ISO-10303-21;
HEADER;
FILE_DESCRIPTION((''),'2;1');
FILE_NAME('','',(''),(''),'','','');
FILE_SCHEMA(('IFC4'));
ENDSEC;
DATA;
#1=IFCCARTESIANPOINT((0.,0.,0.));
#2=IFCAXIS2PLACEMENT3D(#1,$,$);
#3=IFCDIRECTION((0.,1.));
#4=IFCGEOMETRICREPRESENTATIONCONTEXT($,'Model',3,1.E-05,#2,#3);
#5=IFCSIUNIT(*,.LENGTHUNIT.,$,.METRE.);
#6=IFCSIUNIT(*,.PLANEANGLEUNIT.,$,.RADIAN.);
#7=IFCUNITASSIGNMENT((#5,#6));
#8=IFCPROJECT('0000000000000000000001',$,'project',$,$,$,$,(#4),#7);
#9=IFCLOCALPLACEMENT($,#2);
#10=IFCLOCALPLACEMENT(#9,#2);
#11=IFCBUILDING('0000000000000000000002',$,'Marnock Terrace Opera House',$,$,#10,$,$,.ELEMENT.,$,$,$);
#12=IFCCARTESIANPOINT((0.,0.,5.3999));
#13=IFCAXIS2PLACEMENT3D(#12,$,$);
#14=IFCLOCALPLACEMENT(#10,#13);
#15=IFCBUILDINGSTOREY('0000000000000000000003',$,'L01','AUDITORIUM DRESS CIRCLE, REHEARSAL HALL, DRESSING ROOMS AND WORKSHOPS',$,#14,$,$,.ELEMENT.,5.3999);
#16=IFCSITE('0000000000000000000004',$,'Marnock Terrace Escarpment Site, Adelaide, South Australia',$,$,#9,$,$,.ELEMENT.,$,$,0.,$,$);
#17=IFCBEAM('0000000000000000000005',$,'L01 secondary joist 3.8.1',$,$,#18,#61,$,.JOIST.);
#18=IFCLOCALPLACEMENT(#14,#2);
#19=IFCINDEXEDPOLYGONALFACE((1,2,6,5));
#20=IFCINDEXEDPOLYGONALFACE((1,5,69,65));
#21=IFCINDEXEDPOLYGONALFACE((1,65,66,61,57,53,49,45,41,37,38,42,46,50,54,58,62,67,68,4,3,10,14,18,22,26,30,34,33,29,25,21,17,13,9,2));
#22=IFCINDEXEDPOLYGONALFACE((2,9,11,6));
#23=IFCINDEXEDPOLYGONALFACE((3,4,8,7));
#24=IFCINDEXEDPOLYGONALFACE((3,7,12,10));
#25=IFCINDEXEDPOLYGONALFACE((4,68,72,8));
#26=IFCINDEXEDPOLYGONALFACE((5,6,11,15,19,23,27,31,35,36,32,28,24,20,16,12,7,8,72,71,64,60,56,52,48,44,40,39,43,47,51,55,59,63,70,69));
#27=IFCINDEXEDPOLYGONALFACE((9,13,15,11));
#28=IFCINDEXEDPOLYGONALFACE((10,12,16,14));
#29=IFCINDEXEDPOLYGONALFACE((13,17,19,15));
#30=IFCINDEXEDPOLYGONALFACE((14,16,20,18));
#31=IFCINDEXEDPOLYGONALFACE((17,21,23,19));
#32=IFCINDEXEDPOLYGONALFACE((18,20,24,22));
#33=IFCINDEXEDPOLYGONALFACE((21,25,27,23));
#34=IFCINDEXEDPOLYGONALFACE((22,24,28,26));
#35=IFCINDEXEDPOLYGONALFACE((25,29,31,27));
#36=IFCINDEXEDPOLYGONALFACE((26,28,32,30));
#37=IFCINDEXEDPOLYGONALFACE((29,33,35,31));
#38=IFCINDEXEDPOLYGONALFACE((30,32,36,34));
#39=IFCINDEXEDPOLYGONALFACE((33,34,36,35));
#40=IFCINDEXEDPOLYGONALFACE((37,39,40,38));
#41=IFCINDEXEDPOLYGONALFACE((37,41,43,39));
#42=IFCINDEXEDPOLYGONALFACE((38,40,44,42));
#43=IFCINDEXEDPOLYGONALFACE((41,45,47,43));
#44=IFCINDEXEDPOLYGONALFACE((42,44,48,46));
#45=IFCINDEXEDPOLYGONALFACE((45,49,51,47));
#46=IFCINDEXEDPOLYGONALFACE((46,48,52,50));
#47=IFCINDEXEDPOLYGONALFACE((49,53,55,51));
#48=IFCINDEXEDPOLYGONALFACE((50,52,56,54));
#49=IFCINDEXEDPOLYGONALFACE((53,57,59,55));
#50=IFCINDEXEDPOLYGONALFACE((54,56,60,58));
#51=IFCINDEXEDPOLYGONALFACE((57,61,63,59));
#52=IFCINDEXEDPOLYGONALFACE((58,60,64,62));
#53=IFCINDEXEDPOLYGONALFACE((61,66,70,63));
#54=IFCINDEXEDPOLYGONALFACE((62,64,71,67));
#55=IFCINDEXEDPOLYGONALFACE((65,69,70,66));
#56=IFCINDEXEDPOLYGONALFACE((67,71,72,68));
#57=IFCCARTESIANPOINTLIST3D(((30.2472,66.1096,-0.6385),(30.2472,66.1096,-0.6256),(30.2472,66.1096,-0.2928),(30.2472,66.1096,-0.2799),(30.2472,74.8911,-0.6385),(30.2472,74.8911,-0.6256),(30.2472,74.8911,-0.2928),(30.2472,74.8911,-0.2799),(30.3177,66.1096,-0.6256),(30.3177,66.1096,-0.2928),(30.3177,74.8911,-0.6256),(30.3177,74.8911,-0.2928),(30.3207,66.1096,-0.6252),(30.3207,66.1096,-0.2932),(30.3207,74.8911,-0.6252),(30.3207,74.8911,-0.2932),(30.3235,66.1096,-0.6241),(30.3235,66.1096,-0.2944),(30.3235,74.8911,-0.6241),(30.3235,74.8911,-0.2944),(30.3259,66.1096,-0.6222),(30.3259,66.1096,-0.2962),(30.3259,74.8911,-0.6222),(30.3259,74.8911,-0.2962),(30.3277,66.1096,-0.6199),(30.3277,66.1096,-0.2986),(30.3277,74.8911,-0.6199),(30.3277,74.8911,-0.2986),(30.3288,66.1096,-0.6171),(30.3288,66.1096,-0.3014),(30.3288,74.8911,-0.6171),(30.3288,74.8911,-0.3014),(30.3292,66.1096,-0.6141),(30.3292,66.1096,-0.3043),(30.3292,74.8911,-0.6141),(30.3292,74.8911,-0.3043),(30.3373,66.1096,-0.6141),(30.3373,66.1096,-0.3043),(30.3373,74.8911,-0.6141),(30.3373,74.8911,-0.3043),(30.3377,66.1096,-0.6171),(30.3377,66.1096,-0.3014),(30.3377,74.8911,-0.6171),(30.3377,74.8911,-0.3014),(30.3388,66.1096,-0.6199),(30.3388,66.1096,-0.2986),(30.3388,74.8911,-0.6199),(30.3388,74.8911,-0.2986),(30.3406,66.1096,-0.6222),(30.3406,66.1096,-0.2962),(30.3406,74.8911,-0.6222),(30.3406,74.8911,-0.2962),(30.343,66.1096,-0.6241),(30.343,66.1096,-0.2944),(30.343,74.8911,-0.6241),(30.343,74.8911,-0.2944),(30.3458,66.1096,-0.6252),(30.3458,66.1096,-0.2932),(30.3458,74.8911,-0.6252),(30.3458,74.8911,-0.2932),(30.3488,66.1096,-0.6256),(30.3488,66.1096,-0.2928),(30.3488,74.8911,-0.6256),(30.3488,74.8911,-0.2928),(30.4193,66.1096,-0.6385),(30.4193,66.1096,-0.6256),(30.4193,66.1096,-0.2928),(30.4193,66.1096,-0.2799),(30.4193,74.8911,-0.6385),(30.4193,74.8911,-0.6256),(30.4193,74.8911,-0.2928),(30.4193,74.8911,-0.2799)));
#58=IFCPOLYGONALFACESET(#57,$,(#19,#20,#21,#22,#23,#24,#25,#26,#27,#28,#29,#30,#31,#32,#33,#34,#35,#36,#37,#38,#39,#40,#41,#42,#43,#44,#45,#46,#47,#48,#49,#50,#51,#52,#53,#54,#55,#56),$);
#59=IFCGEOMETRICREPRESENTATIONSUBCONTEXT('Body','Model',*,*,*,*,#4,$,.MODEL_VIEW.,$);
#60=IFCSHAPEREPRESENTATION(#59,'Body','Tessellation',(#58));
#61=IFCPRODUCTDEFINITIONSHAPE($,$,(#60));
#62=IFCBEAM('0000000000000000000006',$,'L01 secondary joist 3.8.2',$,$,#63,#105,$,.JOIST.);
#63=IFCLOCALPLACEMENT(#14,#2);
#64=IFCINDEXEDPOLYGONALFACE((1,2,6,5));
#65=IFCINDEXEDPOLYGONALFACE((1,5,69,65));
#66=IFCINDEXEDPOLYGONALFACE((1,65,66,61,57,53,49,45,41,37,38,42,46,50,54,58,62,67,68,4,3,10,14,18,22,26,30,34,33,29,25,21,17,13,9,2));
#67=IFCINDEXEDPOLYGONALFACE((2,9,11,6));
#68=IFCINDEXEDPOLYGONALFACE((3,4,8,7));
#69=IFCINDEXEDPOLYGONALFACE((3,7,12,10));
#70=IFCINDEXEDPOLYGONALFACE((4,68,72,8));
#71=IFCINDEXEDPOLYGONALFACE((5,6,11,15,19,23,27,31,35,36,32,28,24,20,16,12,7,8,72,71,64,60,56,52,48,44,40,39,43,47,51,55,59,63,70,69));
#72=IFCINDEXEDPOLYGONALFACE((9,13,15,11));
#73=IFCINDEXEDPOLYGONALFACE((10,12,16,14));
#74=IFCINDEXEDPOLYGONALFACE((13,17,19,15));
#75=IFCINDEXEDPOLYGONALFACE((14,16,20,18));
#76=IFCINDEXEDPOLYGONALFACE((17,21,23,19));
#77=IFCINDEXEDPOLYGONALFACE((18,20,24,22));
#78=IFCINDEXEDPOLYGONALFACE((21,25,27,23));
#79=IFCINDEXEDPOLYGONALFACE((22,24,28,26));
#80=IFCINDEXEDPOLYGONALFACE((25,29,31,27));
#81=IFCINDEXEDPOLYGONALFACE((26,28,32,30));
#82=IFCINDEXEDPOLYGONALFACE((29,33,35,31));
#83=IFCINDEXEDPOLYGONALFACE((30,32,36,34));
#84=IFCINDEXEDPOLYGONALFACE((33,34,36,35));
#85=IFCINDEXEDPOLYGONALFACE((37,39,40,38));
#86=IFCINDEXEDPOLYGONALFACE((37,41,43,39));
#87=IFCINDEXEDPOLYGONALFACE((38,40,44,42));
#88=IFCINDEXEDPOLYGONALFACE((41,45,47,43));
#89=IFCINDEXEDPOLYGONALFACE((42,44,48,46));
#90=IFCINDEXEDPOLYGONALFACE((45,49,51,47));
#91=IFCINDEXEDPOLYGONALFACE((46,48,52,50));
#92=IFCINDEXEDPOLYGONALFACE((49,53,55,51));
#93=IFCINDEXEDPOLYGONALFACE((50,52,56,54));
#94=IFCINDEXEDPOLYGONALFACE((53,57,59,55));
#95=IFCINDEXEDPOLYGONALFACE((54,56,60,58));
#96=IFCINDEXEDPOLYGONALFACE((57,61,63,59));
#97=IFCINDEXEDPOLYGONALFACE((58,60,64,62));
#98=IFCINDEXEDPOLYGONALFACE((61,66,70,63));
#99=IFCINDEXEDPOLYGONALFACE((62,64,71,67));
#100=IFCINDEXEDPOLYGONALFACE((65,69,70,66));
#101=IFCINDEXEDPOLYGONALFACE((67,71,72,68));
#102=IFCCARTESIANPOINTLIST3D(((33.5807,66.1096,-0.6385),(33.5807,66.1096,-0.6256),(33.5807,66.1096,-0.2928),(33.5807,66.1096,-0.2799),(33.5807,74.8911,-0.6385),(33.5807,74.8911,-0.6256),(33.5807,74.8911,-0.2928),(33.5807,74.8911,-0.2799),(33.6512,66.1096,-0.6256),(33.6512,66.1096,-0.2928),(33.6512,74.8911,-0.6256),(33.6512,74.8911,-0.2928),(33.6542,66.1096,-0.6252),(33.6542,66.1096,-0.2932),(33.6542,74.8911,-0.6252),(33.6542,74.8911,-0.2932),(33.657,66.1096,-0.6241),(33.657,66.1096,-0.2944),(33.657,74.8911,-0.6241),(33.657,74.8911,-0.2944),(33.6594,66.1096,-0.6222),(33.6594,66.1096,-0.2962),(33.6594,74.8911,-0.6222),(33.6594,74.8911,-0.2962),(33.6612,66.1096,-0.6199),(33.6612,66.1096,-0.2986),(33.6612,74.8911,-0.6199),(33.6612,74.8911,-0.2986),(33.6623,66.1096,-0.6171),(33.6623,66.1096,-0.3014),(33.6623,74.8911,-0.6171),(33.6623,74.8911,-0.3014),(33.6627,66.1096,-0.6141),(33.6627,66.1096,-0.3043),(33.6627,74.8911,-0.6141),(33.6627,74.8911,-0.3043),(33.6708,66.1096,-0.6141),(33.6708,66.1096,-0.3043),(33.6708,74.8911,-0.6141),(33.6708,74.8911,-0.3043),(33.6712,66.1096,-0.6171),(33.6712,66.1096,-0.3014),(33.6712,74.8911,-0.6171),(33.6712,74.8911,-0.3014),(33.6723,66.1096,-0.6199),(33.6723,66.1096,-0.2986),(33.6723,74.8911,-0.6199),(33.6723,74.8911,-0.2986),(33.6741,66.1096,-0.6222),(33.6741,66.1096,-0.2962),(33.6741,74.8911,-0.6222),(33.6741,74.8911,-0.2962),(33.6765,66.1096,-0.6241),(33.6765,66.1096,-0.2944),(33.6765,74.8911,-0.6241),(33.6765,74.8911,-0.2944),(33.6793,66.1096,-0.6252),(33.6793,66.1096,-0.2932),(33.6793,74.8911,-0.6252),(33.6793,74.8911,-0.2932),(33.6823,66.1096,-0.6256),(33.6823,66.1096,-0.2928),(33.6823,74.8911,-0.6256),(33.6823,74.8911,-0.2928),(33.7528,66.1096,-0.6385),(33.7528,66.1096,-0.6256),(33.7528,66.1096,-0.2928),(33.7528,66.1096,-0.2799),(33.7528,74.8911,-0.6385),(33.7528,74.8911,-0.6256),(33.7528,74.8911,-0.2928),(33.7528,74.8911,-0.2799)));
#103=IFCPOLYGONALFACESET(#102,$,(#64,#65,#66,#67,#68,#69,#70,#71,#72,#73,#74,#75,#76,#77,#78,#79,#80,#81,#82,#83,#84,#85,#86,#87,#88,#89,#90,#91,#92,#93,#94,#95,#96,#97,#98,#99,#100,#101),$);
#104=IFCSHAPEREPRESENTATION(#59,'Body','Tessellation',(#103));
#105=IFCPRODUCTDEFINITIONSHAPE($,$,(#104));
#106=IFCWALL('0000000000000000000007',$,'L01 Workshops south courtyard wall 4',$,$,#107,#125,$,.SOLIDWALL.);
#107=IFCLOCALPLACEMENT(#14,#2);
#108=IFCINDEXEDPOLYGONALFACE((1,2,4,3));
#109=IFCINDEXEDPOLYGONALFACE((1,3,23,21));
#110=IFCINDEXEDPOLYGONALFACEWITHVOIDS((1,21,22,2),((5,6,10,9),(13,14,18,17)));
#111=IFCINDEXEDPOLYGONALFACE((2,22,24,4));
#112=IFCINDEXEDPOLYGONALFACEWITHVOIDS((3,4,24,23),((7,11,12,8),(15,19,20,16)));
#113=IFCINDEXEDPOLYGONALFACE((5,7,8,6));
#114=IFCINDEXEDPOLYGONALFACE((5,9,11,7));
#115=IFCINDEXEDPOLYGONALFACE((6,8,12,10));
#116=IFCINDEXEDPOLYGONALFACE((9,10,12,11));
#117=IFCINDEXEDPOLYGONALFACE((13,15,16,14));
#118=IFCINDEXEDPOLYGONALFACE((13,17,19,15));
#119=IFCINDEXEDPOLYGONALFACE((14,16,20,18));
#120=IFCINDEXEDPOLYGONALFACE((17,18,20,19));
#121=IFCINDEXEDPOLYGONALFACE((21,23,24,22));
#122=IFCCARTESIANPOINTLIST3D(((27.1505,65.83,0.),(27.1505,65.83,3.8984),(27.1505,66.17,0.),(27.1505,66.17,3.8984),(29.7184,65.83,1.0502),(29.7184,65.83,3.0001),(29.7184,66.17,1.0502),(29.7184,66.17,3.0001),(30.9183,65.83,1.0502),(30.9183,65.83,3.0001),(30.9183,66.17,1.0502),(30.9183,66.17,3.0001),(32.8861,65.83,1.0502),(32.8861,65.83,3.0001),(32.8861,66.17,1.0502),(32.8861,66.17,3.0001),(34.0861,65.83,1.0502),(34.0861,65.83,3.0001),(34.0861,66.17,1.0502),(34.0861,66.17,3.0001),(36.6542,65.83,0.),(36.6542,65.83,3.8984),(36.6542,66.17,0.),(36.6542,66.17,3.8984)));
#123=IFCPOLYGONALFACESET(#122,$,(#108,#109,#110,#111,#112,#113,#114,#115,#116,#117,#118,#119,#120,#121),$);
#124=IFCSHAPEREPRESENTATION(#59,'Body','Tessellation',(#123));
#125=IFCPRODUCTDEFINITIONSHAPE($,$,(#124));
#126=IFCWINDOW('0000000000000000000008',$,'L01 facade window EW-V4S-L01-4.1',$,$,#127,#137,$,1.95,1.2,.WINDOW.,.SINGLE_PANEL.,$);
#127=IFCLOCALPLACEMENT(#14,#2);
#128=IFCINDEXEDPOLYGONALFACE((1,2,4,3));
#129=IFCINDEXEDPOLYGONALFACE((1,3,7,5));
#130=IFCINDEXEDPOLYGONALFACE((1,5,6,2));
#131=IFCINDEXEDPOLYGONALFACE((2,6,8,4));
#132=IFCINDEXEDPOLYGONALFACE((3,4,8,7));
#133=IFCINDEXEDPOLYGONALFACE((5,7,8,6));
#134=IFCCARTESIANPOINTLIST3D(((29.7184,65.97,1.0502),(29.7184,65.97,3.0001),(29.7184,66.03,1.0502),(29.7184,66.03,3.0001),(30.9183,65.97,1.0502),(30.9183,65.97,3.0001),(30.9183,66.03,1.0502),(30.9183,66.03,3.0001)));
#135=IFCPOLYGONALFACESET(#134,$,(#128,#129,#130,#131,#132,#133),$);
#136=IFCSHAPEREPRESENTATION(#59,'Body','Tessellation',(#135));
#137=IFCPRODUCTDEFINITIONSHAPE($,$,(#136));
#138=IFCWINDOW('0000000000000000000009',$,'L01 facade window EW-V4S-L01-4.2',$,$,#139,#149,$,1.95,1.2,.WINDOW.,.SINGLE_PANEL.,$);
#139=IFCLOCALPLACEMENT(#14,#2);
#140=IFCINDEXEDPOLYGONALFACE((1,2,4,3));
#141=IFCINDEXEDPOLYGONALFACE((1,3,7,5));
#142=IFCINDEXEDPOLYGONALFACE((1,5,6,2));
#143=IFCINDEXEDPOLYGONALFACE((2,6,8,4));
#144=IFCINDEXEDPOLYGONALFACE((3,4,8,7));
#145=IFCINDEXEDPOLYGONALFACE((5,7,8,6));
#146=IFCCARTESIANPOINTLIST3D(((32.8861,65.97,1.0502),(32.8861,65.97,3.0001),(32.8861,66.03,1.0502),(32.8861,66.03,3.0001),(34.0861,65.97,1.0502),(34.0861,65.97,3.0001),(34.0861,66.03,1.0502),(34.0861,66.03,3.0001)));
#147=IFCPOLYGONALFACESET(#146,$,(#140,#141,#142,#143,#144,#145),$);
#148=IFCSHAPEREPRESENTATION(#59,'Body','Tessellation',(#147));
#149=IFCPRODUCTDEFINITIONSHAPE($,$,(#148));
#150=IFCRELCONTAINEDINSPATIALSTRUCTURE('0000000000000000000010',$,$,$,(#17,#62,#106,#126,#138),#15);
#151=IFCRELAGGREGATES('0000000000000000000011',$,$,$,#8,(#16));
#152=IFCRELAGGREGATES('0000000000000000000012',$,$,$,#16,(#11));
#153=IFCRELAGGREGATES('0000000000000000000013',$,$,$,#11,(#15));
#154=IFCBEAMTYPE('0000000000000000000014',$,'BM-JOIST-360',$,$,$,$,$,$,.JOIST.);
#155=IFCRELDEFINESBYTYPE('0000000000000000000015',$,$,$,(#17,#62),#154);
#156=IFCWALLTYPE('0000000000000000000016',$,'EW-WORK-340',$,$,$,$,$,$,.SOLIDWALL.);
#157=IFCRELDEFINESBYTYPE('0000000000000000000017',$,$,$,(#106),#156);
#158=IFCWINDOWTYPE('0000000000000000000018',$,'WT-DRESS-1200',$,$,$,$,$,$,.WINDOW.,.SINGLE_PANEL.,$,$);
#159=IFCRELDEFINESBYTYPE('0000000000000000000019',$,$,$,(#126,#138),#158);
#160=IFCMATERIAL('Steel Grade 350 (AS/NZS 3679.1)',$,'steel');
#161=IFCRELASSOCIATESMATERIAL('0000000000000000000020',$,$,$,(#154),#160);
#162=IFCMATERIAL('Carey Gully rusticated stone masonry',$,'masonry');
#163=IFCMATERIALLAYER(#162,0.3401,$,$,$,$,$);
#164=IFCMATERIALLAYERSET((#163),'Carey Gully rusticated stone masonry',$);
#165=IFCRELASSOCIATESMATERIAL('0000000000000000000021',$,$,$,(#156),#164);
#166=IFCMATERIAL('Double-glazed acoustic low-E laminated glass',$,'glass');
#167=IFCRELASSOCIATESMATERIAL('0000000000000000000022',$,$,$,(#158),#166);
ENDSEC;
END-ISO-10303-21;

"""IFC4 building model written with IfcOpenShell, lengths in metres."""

from ifc_helpers import new_model, si_unit, direction, frame, frame_2d, origin, origin_2d, place, context, subcontext, project, spatial, rectangle, i_section, extrude, material, layer, layer_set, material_profile, profile_set, type_object, element, fill, save


model = new_model("IFC4")

# Units and contexts
model_context = context("Model", 3, precision=1e-05, world=origin(), true_north=direction((0.0, 1.0)))
body_context = subcontext(model_context, "Body", "Model", "MODEL_VIEW")
ifc_project = project(units=[si_unit("LENGTHUNIT", "METRE"), si_unit("PLANEANGLEUNIT", "RADIAN")], contexts=[model_context])

# Site, building, storey
site_placement = place(None, origin())
site = spatial("IfcSite", under=ifc_project, at=site_placement, Name="Marnock Terrace Escarpment Site, Adelaide, South Australia", CompositionType="ELEMENT", RefElevation=0.0)
building_placement = place(site_placement, origin())
building = spatial("IfcBuilding", under=site, at=building_placement, Name="Marnock Terrace Opera House", CompositionType="ELEMENT")
storey_placement = place(building_placement, frame((0.0, 0.0, 5.3999)))
storey = spatial("IfcBuildingStorey", under=building, at=storey_placement, Name="L01", Description="AUDITORIUM DRESS CIRCLE, REHEARSAL HALL, DRESSING ROOMS AND WORKSHOPS", CompositionType="ELEMENT", Elevation=5.3999)

# Beams
ifc_material_1 = material(Name="Steel Grade 350 (AS/NZS 3679.1)", Category="steel")
ifc_material_profile_1 = material_profile(ifc_material_1, i_section(OverallWidth=0.1721, OverallDepth=0.3586, WebThickness=0.0081, FlangeThickness=0.0129, FilletRadius=0.0115, at=origin_2d()))
ifc_profile_set_1 = profile_set([ifc_material_profile_1], Name="Steel Grade 350 (AS/NZS 3679.1)")
beam_type_1 = type_object("IfcBeamType", Name="BM-JOIST-360", PredefinedType="JOIST", material=ifc_profile_set_1)
for number, where, z_axis, x_axis, name in (
    (1, (30.3333, 66.1096, -0.4592), (0.0, 1.0, 0.0), (-1.0, 0.0, 0.0), "L01 secondary joist 3.8.1"),
    (2, (33.6667, 66.1096, -0.4592), (0.0, 1.0, 0.0), (-1.0, 0.0, 0.0), "L01 secondary joist 3.8.2"),
):
    element("IfcBeam", number, at=place(storey_placement, frame(where, z_axis=z_axis, x_axis=x_axis)), inside=storey, type_object=beam_type_1, Name=name, PredefinedType="JOIST", context=body_context, shape_type="SweptSolid", body=[
        extrude(i_section(OverallWidth=0.1721, OverallDepth=0.3586, WebThickness=0.0081, FlangeThickness=0.0129, FilletRadius=0.0115, at=origin_2d()), origin(), (0.0, 0.0, 1.0), 8.7815),
    ])

# Wall, openings, windows
ifc_material_2 = material(Name="Carey Gully rusticated stone masonry", Category="masonry")
ifc_layer_1 = layer(ifc_material_2, 0.3401)
ifc_layer_set_1 = layer_set([ifc_layer_1], Name="Carey Gully rusticated stone masonry")
wall_type = type_object("IfcWallType", Name="EW-WORK-340", PredefinedType="SOLIDWALL", material=ifc_layer_set_1)
wall_1_placement = place(storey_placement, frame((27.1504, 66.0, 0.0), z_axis=(0.0, 0.0, 1.0), x_axis=(1.0, 0.0, 0.0)))
wall_1 = element("IfcWall", 3, at=wall_1_placement, inside=storey, type_object=wall_type, Name="L01 Workshops south courtyard wall 4", PredefinedType="SOLIDWALL", context=body_context, shape_type="SweptSolid", body=[
    extrude(rectangle(XDim=9.5037, YDim=0.3401, at=frame_2d((4.752, 0.0))), origin(), (0.0, 0.0, 1.0), 3.8984),
])
opening_1_placement = place(wall_1_placement, frame((2.5679, 0.0, 1.05)))
opening_1 = element("IfcOpeningElement", 4, at=opening_1_placement, cuts=wall_1, PredefinedType="OPENING", context=body_context, shape_type="SweptSolid", body=[
    extrude(rectangle(XDim=1.2, YDim=1.95, at=frame_2d((0.6001, 0.9751))), frame((0.0, 0.1799, 0.0), z_axis=(0.0, -1.0, 0.0), x_axis=(1.0, 0.0, 0.0)), (0.0, 0.0, 1.0), 0.3601),
])
opening_2_placement = place(wall_1_placement, frame((5.7356, 0.0, 1.05)))
opening_2 = element("IfcOpeningElement", 5, at=opening_2_placement, cuts=wall_1, PredefinedType="OPENING", context=body_context, shape_type="SweptSolid", body=[
    extrude(rectangle(XDim=1.2, YDim=1.95, at=frame_2d((0.6001, 0.9751))), frame((0.0, 0.1799, 0.0), z_axis=(0.0, -1.0, 0.0), x_axis=(1.0, 0.0, 0.0)), (0.0, 0.0, 1.0), 0.3601),
])
ifc_material_3 = material(Name="Double-glazed acoustic low-E laminated glass", Category="glass")
window_type = type_object("IfcWindowType", Name="WT-DRESS-1200", PartitioningType="SINGLE_PANEL", PredefinedType="WINDOW", material=ifc_material_3)
window_1_placement = place(opening_1_placement, origin())
window_1 = element("IfcWindow", 6, at=window_1_placement, inside=storey, type_object=window_type, Name="L01 facade window EW-V4S-L01-4.1", OverallHeight=1.95, OverallWidth=1.2, PartitioningType="SINGLE_PANEL", PredefinedType="WINDOW", context=body_context, shape_type="SweptSolid", body=[
    extrude(rectangle(XDim=1.2, YDim=1.95, at=frame_2d((0.6001, 0.9751))), frame((0.0, 0.03, 0.0), z_axis=(0.0, -1.0, 0.0), x_axis=(1.0, 0.0, 0.0)), (0.0, 0.0, 1.0), 0.0601),
])
fill(opening_1, window_1)
window_2_placement = place(opening_2_placement, origin())
window_2 = element("IfcWindow", 7, at=window_2_placement, inside=storey, type_object=window_type, Name="L01 facade window EW-V4S-L01-4.2", OverallHeight=1.95, OverallWidth=1.2, PartitioningType="SINGLE_PANEL", PredefinedType="WINDOW", context=body_context, shape_type="SweptSolid", body=[
    extrude(rectangle(XDim=1.2, YDim=1.95, at=frame_2d((0.6001, 0.9751))), frame((0.0, 0.03, 0.0), z_axis=(0.0, -1.0, 0.0), x_axis=(1.0, 0.0, 0.0)), (0.0, 0.0, 1.0), 0.0601),
])
fill(opening_2, window_2)

save(model, "model.ifc")
